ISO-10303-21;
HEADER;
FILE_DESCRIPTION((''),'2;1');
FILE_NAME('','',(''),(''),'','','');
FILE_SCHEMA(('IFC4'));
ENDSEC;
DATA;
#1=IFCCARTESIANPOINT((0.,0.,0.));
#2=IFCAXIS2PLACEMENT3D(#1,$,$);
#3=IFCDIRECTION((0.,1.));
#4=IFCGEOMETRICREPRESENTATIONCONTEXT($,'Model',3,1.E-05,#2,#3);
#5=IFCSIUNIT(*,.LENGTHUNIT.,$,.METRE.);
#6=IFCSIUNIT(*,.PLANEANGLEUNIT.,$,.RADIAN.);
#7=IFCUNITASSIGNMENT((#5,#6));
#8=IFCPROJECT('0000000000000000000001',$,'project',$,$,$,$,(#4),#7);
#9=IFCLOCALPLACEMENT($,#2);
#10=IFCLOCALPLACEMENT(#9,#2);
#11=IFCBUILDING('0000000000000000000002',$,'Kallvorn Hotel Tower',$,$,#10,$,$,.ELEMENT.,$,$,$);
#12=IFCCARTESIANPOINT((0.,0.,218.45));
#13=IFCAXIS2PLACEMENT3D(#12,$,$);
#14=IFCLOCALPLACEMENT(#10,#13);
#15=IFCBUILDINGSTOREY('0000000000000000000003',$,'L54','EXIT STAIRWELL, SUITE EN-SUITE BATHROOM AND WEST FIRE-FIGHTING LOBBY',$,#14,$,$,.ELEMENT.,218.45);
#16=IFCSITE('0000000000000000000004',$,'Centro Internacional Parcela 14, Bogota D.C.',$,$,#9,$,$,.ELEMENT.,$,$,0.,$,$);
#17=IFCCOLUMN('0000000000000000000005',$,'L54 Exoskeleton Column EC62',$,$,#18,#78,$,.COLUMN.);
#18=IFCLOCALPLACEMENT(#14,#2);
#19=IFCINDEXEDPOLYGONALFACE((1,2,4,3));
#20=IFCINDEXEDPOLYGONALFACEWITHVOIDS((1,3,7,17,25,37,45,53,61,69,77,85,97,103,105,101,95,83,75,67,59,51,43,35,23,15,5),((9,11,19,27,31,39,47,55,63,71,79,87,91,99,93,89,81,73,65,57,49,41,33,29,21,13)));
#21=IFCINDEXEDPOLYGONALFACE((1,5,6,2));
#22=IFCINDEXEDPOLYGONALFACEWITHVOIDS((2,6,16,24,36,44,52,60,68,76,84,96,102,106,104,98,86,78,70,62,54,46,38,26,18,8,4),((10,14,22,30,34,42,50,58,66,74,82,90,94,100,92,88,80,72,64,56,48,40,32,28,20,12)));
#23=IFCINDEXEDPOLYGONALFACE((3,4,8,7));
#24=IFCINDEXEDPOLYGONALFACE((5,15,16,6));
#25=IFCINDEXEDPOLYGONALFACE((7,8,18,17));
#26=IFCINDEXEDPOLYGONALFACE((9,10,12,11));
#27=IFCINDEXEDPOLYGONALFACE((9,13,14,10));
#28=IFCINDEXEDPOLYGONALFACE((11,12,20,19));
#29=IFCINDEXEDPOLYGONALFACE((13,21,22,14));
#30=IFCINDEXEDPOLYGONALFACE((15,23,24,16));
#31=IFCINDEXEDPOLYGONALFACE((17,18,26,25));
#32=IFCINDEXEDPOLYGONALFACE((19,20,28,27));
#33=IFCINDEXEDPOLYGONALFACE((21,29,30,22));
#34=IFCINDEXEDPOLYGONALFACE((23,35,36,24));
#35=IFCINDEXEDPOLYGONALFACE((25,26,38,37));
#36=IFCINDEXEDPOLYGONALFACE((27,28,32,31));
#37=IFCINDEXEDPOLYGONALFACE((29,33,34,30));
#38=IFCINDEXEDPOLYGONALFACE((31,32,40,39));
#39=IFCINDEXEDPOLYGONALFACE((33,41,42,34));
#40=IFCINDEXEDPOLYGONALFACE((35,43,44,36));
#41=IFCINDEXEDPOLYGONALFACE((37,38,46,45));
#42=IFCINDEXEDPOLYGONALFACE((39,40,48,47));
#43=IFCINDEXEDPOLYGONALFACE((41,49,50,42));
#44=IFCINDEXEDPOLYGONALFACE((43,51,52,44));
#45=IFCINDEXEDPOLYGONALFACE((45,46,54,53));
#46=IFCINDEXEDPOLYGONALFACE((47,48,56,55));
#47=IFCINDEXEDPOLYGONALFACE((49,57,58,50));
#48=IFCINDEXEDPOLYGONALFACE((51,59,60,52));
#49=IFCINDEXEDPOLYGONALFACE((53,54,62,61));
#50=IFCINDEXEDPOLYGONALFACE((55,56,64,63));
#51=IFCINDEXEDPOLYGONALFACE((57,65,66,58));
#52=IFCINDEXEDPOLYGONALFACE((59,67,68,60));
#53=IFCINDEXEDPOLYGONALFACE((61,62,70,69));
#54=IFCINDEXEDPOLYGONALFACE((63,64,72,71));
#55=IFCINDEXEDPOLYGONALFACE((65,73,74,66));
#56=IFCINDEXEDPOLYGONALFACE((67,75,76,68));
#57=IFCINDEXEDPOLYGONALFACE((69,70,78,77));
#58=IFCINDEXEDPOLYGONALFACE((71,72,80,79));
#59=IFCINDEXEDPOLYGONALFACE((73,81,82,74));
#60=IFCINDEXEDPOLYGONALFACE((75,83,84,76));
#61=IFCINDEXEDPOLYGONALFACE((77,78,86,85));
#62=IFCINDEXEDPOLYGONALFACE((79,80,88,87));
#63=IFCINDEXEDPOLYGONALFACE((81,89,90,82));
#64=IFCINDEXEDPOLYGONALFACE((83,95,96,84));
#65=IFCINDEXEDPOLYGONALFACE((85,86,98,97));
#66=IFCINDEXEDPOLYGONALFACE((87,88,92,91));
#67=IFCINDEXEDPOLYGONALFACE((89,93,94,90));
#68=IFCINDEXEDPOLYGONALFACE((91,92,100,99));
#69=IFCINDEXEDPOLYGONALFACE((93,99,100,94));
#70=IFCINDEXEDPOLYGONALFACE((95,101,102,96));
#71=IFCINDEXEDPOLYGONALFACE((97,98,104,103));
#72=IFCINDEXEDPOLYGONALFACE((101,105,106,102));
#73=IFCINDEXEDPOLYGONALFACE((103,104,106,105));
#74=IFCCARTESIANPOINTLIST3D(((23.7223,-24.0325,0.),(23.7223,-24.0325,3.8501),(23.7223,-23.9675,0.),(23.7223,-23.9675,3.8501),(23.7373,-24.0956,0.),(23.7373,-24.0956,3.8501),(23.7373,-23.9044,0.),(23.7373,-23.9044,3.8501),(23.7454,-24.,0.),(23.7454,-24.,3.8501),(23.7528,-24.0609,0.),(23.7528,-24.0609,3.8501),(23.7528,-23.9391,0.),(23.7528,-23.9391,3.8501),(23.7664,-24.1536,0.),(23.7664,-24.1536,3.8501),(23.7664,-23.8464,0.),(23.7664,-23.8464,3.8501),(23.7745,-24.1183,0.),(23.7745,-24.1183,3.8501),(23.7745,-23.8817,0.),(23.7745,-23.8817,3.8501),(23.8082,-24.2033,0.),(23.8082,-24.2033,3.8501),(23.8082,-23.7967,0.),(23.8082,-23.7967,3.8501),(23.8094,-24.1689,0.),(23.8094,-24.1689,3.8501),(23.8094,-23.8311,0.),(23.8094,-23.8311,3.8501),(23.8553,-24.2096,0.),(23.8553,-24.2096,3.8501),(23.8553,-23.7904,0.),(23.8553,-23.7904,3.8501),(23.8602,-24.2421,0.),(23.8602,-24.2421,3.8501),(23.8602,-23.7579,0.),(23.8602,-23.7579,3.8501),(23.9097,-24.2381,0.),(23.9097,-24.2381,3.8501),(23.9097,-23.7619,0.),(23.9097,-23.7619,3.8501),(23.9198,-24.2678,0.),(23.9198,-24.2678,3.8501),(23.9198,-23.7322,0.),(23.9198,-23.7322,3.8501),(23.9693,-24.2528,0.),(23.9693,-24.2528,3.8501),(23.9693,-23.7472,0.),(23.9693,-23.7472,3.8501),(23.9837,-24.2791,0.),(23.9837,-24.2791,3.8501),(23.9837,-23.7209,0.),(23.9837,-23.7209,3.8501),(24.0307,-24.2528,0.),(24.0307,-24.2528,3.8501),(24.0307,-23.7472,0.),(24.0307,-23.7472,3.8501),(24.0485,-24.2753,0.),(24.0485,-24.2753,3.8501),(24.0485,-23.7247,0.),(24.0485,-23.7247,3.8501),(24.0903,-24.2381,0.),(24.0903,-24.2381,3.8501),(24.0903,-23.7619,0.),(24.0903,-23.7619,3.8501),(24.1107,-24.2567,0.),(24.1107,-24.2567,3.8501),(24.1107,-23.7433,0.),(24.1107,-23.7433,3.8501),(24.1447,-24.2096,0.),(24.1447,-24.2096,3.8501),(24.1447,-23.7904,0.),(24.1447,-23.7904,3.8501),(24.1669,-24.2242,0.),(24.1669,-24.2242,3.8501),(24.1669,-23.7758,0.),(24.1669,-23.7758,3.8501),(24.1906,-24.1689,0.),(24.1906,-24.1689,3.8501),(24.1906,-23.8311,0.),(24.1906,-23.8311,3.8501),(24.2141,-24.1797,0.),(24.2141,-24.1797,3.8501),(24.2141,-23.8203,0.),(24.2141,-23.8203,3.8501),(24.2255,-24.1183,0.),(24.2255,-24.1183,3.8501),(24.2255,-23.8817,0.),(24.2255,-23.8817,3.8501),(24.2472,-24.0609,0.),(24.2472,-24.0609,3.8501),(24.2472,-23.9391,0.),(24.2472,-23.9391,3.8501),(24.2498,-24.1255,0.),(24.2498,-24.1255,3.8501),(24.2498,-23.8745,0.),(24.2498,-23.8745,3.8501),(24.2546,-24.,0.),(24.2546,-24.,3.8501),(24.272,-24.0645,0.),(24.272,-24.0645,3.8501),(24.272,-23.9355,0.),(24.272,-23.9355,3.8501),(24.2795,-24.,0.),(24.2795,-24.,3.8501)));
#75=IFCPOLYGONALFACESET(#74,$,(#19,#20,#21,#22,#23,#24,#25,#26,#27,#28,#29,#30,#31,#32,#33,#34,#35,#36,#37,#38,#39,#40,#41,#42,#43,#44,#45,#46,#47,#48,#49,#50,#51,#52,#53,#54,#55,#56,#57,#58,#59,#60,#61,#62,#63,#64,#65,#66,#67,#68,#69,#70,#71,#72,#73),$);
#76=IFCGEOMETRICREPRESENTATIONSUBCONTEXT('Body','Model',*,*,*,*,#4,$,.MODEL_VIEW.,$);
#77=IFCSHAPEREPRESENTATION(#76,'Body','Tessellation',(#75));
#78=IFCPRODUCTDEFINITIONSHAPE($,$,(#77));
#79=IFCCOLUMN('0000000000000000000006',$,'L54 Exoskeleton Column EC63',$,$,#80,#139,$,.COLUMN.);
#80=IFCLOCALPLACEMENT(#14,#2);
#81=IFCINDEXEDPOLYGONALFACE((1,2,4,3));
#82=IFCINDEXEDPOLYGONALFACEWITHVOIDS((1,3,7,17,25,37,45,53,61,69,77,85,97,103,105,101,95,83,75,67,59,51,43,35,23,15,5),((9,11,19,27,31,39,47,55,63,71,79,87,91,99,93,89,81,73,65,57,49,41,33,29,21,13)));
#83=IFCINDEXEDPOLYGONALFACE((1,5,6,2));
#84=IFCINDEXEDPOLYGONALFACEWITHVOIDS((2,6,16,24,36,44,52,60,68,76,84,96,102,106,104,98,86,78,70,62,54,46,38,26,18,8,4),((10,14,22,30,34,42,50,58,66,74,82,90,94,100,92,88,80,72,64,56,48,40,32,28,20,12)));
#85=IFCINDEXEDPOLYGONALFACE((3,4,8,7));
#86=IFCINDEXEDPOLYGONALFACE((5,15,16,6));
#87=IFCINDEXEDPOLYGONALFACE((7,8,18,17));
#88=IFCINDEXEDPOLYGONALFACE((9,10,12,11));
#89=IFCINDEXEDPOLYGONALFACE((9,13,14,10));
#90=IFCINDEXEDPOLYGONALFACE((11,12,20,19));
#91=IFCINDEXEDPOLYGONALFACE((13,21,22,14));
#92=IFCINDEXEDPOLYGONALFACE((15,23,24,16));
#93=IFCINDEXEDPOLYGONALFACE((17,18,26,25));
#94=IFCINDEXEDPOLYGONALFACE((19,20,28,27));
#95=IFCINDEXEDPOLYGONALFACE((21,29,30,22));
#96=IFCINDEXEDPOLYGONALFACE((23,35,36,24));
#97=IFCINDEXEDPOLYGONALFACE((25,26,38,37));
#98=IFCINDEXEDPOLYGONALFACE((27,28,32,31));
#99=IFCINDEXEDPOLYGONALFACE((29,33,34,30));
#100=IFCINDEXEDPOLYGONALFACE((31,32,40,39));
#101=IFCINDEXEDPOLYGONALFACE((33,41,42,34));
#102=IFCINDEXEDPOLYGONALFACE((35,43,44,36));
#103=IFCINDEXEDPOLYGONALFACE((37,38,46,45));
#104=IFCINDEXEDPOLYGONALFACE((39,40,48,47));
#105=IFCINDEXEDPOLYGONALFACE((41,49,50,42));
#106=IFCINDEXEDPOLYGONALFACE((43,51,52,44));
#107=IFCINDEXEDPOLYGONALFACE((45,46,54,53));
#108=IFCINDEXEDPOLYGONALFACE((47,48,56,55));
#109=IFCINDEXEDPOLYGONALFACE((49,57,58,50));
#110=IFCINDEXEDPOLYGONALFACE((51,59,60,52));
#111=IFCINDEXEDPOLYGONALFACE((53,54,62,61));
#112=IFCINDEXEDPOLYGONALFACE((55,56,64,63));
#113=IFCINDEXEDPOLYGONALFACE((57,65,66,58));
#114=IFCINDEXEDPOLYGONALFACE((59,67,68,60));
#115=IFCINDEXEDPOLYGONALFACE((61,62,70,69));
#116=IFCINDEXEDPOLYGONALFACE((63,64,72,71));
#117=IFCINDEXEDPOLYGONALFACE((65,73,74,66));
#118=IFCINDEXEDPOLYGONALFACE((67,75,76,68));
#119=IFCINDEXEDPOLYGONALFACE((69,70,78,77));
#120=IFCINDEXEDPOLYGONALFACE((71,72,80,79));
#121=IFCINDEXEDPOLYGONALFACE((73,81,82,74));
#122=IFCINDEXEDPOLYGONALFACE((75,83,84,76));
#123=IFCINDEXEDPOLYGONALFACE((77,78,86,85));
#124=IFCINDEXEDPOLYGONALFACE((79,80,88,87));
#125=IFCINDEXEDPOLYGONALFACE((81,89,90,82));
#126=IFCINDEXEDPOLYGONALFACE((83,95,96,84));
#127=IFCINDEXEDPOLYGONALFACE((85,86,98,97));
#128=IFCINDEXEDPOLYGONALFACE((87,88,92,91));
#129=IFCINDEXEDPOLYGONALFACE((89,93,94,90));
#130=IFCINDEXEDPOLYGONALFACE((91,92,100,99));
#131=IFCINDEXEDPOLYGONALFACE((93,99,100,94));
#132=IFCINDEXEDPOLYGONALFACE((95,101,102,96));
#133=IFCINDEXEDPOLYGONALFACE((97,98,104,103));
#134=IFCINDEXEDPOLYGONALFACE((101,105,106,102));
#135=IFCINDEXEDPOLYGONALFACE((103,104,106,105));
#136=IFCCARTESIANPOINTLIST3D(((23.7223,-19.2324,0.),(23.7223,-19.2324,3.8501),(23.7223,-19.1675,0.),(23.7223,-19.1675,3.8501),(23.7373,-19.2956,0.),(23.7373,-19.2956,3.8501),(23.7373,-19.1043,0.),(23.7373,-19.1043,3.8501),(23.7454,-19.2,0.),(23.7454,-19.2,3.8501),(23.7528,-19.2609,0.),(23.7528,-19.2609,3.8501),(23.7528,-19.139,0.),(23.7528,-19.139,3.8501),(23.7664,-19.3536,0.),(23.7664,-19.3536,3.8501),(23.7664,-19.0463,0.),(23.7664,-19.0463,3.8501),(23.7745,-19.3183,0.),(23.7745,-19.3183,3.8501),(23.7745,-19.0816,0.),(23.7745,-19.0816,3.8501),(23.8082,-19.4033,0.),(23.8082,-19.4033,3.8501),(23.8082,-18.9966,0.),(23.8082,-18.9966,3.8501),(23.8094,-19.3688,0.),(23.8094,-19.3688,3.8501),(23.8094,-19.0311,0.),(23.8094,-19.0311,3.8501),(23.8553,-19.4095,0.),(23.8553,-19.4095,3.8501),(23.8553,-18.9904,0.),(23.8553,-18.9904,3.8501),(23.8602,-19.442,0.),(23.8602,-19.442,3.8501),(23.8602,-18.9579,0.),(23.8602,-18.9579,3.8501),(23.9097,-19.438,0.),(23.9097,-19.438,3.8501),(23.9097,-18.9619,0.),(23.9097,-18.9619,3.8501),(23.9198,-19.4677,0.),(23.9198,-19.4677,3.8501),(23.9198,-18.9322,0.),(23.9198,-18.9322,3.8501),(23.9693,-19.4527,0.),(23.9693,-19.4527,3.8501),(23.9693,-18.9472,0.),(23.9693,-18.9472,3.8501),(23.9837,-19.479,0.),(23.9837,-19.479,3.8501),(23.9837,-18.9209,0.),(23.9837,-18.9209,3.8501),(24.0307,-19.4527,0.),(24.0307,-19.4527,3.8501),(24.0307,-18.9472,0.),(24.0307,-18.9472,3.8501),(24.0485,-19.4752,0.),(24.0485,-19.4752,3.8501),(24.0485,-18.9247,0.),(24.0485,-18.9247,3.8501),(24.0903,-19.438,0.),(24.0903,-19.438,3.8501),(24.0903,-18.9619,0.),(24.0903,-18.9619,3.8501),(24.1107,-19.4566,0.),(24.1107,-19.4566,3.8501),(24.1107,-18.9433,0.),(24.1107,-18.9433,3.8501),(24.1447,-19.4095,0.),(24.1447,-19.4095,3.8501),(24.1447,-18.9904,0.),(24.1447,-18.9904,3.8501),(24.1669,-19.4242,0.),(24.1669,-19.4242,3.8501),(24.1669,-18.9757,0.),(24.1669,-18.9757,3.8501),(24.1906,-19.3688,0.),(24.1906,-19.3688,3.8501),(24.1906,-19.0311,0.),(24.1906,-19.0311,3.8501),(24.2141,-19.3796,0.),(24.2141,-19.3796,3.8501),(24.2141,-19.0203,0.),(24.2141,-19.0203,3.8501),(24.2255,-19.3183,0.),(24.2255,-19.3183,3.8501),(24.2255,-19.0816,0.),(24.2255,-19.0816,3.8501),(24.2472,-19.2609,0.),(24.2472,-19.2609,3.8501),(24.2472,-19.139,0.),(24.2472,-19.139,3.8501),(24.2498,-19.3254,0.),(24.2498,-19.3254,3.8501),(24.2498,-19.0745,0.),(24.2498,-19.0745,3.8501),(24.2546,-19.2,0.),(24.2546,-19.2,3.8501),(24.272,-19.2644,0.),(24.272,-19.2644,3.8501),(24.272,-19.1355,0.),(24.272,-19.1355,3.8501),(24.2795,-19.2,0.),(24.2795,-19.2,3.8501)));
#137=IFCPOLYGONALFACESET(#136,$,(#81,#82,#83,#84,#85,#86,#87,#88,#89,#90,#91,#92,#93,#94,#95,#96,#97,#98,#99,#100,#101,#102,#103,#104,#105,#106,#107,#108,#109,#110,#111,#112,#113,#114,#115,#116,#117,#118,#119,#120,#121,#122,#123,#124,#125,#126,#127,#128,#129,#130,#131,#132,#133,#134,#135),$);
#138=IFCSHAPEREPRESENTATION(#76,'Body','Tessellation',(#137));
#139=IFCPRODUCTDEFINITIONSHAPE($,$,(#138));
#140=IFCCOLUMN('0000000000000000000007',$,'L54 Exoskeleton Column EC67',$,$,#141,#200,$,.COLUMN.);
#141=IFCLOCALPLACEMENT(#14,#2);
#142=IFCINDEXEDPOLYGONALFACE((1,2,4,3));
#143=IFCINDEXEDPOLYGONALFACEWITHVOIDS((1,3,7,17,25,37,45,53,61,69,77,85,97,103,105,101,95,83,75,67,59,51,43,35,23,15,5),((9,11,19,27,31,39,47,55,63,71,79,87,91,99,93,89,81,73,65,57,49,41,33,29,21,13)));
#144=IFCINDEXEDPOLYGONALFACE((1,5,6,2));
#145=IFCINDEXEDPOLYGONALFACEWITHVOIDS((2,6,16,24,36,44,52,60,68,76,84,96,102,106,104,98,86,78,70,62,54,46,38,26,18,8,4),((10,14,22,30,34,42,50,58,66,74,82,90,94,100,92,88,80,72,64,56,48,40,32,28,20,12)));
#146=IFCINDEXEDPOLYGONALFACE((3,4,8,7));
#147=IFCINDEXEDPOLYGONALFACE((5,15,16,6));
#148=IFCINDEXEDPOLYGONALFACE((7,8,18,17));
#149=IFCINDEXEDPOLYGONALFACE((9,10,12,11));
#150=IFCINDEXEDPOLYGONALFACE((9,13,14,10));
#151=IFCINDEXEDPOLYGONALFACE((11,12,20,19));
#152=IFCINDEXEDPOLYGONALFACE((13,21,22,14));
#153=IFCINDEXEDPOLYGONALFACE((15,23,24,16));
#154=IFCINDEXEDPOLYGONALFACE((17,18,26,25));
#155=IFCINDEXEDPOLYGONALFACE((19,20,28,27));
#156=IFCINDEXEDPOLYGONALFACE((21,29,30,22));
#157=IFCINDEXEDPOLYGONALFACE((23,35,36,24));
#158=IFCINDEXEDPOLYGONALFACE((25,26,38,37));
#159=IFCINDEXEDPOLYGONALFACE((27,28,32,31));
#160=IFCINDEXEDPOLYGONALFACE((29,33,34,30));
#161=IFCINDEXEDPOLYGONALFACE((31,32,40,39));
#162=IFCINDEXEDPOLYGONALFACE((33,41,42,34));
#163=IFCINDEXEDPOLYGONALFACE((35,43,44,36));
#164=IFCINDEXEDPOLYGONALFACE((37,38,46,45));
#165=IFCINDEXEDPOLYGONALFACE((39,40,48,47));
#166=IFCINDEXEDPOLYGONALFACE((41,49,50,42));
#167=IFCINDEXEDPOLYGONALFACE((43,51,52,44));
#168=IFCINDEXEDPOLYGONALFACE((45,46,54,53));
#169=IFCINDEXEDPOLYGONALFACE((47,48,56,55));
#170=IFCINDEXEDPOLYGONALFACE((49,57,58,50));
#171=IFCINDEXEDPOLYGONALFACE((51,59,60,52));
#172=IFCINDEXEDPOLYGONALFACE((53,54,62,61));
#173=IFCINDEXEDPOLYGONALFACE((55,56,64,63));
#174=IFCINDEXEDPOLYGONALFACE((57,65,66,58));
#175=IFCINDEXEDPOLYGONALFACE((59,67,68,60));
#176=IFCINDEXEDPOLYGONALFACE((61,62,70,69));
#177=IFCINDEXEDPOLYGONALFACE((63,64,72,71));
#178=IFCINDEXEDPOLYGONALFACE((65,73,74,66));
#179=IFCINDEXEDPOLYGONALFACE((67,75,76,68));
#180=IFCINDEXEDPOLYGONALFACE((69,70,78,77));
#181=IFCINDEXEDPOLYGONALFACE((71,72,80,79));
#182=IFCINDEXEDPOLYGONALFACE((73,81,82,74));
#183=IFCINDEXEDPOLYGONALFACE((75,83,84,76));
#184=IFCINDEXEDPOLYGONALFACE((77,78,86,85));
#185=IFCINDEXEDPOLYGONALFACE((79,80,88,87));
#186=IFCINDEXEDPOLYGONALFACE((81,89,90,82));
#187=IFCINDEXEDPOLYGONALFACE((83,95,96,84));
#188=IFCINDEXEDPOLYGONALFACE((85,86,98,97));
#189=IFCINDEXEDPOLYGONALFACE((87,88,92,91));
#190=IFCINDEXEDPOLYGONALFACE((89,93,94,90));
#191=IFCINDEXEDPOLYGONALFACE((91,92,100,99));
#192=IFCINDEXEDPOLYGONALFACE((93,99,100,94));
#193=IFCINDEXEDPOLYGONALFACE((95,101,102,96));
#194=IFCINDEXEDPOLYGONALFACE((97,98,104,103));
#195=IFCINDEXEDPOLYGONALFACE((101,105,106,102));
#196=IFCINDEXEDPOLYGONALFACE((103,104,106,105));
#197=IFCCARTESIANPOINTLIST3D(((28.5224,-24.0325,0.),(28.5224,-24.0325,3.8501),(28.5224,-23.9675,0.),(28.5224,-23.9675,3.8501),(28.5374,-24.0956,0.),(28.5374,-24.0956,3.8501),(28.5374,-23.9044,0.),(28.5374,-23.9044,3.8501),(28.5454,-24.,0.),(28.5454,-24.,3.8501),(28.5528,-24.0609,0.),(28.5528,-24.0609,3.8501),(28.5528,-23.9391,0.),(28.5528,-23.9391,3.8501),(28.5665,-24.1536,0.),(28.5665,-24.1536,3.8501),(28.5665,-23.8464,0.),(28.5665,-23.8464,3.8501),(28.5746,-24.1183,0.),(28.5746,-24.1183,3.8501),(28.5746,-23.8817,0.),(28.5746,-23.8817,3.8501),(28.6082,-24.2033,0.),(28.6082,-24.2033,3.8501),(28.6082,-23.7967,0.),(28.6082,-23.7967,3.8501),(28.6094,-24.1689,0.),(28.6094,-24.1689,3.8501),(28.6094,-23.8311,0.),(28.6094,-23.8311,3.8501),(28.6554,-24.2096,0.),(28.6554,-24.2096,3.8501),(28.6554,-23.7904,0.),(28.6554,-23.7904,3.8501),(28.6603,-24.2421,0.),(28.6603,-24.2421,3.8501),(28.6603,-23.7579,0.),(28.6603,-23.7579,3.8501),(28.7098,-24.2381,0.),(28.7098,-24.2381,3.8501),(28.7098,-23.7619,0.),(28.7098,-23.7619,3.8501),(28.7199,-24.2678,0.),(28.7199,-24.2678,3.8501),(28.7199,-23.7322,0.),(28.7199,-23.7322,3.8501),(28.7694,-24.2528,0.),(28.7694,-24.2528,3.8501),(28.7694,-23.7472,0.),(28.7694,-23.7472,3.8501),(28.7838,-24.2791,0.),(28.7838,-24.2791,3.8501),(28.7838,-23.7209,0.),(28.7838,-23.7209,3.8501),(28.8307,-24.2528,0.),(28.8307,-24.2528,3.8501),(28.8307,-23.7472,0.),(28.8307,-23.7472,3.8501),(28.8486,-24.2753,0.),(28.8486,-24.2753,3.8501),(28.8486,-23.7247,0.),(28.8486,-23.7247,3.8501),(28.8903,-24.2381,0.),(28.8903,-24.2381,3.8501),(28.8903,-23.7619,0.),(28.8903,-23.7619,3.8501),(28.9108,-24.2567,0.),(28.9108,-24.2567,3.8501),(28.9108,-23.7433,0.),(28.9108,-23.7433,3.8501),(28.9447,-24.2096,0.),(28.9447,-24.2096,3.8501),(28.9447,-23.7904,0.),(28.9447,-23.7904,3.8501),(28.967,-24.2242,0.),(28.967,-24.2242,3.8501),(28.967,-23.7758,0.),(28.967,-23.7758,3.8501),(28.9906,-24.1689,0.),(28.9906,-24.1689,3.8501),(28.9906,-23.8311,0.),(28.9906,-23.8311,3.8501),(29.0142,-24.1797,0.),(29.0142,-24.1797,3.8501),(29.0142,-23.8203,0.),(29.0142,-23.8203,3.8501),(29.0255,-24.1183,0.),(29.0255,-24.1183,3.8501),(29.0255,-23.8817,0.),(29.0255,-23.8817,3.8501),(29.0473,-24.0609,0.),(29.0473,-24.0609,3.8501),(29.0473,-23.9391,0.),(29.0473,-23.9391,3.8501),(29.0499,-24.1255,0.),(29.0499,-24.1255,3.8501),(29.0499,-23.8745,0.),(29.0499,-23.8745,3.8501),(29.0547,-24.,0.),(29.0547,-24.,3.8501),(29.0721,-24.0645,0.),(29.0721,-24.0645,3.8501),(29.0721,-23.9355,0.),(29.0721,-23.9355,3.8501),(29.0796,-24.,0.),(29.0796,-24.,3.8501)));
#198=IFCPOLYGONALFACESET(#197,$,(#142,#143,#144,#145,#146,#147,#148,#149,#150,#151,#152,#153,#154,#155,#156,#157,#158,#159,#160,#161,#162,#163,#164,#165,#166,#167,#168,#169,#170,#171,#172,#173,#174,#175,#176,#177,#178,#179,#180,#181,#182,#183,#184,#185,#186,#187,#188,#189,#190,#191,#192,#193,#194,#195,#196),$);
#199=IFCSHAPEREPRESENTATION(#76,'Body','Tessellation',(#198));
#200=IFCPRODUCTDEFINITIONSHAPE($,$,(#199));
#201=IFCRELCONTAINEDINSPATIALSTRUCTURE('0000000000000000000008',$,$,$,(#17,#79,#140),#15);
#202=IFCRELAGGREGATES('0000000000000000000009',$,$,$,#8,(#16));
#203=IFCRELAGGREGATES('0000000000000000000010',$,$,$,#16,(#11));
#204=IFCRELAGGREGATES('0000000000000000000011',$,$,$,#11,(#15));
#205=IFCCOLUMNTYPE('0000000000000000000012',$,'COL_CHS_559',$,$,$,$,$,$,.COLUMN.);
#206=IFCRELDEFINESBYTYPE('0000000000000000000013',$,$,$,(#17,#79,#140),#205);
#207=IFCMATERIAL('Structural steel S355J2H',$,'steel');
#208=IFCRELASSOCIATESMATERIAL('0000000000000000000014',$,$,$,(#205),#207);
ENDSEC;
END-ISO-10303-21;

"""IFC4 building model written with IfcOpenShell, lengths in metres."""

from ifc_helpers import new_model, si_unit, direction, frame, origin, origin_2d, place, context, subcontext, project, spatial, hollow_circle, extrude, material, material_profile, profile_set, type_object, element, save


model = new_model("IFC4")

# Units and contexts
model_context = context("Model", 3, precision=1e-05, world=origin(), true_north=direction((0.0, 1.0)))
body_context = subcontext(model_context, "Body", "Model", "MODEL_VIEW")
ifc_project = project(units=[si_unit("LENGTHUNIT", "METRE"), si_unit("PLANEANGLEUNIT", "RADIAN")], contexts=[model_context])

# Site, building, storey
site_placement = place(None, origin())
site = spatial("IfcSite", under=ifc_project, at=site_placement, Name="Centro Internacional Parcela 14, Bogota D.C.", CompositionType="ELEMENT", RefElevation=0.0)
building_placement = place(site_placement, origin())
building = spatial("IfcBuilding", under=site, at=building_placement, Name="Kallvorn Hotel Tower", CompositionType="ELEMENT")
storey_placement = place(building_placement, frame((0.0, 0.0, 218.45)))
storey = spatial("IfcBuildingStorey", under=building, at=storey_placement, Name="L54", Description="EXIT STAIRWELL, SUITE EN-SUITE BATHROOM AND WEST FIRE-FIGHTING LOBBY", CompositionType="ELEMENT", Elevation=218.45)

# Columns
ifc_material_1 = material(Name="Structural steel S355J2H", Category="steel")
ifc_material_profile_1 = material_profile(ifc_material_1, hollow_circle(Radius=0.2795, WallThickness=0.0249, at=origin_2d()), Name="CHS 559x25")
ifc_profile_set_1 = profile_set([ifc_material_profile_1], Name="Structural steel S355J2H")
column_type = type_object("IfcColumnType", Name="COL_CHS_559", PredefinedType="COLUMN", material=ifc_profile_set_1)
for number, where, z_axis, x_axis, name in (
    (1, (24.0, -24.0, 0.0), (0.0, 0.0, 1.0), (1.0, 0.0, 0.0), "L54 Exoskeleton Column EC62"),
    (2, (24.0, -19.2, 0.0), (0.0, 0.0, 1.0), (1.0, 0.0, 0.0), "L54 Exoskeleton Column EC63"),
    (3, (28.8, -24.0, 0.0), (0.0, 0.0, 1.0), (1.0, 0.0, 0.0), "L54 Exoskeleton Column EC67"),
):
    element("IfcColumn", number, at=place(storey_placement, frame(where, z_axis=z_axis, x_axis=x_axis)), inside=storey, type_object=column_type, Name=name, PredefinedType="COLUMN", context=body_context, shape_type="SweptSolid", body=[
        extrude(hollow_circle(Radius=0.2795, WallThickness=0.0249, at=origin_2d()), origin(), (0.0, 0.0, 1.0), 3.8501),
    ])

save(model, "model.ifc")
